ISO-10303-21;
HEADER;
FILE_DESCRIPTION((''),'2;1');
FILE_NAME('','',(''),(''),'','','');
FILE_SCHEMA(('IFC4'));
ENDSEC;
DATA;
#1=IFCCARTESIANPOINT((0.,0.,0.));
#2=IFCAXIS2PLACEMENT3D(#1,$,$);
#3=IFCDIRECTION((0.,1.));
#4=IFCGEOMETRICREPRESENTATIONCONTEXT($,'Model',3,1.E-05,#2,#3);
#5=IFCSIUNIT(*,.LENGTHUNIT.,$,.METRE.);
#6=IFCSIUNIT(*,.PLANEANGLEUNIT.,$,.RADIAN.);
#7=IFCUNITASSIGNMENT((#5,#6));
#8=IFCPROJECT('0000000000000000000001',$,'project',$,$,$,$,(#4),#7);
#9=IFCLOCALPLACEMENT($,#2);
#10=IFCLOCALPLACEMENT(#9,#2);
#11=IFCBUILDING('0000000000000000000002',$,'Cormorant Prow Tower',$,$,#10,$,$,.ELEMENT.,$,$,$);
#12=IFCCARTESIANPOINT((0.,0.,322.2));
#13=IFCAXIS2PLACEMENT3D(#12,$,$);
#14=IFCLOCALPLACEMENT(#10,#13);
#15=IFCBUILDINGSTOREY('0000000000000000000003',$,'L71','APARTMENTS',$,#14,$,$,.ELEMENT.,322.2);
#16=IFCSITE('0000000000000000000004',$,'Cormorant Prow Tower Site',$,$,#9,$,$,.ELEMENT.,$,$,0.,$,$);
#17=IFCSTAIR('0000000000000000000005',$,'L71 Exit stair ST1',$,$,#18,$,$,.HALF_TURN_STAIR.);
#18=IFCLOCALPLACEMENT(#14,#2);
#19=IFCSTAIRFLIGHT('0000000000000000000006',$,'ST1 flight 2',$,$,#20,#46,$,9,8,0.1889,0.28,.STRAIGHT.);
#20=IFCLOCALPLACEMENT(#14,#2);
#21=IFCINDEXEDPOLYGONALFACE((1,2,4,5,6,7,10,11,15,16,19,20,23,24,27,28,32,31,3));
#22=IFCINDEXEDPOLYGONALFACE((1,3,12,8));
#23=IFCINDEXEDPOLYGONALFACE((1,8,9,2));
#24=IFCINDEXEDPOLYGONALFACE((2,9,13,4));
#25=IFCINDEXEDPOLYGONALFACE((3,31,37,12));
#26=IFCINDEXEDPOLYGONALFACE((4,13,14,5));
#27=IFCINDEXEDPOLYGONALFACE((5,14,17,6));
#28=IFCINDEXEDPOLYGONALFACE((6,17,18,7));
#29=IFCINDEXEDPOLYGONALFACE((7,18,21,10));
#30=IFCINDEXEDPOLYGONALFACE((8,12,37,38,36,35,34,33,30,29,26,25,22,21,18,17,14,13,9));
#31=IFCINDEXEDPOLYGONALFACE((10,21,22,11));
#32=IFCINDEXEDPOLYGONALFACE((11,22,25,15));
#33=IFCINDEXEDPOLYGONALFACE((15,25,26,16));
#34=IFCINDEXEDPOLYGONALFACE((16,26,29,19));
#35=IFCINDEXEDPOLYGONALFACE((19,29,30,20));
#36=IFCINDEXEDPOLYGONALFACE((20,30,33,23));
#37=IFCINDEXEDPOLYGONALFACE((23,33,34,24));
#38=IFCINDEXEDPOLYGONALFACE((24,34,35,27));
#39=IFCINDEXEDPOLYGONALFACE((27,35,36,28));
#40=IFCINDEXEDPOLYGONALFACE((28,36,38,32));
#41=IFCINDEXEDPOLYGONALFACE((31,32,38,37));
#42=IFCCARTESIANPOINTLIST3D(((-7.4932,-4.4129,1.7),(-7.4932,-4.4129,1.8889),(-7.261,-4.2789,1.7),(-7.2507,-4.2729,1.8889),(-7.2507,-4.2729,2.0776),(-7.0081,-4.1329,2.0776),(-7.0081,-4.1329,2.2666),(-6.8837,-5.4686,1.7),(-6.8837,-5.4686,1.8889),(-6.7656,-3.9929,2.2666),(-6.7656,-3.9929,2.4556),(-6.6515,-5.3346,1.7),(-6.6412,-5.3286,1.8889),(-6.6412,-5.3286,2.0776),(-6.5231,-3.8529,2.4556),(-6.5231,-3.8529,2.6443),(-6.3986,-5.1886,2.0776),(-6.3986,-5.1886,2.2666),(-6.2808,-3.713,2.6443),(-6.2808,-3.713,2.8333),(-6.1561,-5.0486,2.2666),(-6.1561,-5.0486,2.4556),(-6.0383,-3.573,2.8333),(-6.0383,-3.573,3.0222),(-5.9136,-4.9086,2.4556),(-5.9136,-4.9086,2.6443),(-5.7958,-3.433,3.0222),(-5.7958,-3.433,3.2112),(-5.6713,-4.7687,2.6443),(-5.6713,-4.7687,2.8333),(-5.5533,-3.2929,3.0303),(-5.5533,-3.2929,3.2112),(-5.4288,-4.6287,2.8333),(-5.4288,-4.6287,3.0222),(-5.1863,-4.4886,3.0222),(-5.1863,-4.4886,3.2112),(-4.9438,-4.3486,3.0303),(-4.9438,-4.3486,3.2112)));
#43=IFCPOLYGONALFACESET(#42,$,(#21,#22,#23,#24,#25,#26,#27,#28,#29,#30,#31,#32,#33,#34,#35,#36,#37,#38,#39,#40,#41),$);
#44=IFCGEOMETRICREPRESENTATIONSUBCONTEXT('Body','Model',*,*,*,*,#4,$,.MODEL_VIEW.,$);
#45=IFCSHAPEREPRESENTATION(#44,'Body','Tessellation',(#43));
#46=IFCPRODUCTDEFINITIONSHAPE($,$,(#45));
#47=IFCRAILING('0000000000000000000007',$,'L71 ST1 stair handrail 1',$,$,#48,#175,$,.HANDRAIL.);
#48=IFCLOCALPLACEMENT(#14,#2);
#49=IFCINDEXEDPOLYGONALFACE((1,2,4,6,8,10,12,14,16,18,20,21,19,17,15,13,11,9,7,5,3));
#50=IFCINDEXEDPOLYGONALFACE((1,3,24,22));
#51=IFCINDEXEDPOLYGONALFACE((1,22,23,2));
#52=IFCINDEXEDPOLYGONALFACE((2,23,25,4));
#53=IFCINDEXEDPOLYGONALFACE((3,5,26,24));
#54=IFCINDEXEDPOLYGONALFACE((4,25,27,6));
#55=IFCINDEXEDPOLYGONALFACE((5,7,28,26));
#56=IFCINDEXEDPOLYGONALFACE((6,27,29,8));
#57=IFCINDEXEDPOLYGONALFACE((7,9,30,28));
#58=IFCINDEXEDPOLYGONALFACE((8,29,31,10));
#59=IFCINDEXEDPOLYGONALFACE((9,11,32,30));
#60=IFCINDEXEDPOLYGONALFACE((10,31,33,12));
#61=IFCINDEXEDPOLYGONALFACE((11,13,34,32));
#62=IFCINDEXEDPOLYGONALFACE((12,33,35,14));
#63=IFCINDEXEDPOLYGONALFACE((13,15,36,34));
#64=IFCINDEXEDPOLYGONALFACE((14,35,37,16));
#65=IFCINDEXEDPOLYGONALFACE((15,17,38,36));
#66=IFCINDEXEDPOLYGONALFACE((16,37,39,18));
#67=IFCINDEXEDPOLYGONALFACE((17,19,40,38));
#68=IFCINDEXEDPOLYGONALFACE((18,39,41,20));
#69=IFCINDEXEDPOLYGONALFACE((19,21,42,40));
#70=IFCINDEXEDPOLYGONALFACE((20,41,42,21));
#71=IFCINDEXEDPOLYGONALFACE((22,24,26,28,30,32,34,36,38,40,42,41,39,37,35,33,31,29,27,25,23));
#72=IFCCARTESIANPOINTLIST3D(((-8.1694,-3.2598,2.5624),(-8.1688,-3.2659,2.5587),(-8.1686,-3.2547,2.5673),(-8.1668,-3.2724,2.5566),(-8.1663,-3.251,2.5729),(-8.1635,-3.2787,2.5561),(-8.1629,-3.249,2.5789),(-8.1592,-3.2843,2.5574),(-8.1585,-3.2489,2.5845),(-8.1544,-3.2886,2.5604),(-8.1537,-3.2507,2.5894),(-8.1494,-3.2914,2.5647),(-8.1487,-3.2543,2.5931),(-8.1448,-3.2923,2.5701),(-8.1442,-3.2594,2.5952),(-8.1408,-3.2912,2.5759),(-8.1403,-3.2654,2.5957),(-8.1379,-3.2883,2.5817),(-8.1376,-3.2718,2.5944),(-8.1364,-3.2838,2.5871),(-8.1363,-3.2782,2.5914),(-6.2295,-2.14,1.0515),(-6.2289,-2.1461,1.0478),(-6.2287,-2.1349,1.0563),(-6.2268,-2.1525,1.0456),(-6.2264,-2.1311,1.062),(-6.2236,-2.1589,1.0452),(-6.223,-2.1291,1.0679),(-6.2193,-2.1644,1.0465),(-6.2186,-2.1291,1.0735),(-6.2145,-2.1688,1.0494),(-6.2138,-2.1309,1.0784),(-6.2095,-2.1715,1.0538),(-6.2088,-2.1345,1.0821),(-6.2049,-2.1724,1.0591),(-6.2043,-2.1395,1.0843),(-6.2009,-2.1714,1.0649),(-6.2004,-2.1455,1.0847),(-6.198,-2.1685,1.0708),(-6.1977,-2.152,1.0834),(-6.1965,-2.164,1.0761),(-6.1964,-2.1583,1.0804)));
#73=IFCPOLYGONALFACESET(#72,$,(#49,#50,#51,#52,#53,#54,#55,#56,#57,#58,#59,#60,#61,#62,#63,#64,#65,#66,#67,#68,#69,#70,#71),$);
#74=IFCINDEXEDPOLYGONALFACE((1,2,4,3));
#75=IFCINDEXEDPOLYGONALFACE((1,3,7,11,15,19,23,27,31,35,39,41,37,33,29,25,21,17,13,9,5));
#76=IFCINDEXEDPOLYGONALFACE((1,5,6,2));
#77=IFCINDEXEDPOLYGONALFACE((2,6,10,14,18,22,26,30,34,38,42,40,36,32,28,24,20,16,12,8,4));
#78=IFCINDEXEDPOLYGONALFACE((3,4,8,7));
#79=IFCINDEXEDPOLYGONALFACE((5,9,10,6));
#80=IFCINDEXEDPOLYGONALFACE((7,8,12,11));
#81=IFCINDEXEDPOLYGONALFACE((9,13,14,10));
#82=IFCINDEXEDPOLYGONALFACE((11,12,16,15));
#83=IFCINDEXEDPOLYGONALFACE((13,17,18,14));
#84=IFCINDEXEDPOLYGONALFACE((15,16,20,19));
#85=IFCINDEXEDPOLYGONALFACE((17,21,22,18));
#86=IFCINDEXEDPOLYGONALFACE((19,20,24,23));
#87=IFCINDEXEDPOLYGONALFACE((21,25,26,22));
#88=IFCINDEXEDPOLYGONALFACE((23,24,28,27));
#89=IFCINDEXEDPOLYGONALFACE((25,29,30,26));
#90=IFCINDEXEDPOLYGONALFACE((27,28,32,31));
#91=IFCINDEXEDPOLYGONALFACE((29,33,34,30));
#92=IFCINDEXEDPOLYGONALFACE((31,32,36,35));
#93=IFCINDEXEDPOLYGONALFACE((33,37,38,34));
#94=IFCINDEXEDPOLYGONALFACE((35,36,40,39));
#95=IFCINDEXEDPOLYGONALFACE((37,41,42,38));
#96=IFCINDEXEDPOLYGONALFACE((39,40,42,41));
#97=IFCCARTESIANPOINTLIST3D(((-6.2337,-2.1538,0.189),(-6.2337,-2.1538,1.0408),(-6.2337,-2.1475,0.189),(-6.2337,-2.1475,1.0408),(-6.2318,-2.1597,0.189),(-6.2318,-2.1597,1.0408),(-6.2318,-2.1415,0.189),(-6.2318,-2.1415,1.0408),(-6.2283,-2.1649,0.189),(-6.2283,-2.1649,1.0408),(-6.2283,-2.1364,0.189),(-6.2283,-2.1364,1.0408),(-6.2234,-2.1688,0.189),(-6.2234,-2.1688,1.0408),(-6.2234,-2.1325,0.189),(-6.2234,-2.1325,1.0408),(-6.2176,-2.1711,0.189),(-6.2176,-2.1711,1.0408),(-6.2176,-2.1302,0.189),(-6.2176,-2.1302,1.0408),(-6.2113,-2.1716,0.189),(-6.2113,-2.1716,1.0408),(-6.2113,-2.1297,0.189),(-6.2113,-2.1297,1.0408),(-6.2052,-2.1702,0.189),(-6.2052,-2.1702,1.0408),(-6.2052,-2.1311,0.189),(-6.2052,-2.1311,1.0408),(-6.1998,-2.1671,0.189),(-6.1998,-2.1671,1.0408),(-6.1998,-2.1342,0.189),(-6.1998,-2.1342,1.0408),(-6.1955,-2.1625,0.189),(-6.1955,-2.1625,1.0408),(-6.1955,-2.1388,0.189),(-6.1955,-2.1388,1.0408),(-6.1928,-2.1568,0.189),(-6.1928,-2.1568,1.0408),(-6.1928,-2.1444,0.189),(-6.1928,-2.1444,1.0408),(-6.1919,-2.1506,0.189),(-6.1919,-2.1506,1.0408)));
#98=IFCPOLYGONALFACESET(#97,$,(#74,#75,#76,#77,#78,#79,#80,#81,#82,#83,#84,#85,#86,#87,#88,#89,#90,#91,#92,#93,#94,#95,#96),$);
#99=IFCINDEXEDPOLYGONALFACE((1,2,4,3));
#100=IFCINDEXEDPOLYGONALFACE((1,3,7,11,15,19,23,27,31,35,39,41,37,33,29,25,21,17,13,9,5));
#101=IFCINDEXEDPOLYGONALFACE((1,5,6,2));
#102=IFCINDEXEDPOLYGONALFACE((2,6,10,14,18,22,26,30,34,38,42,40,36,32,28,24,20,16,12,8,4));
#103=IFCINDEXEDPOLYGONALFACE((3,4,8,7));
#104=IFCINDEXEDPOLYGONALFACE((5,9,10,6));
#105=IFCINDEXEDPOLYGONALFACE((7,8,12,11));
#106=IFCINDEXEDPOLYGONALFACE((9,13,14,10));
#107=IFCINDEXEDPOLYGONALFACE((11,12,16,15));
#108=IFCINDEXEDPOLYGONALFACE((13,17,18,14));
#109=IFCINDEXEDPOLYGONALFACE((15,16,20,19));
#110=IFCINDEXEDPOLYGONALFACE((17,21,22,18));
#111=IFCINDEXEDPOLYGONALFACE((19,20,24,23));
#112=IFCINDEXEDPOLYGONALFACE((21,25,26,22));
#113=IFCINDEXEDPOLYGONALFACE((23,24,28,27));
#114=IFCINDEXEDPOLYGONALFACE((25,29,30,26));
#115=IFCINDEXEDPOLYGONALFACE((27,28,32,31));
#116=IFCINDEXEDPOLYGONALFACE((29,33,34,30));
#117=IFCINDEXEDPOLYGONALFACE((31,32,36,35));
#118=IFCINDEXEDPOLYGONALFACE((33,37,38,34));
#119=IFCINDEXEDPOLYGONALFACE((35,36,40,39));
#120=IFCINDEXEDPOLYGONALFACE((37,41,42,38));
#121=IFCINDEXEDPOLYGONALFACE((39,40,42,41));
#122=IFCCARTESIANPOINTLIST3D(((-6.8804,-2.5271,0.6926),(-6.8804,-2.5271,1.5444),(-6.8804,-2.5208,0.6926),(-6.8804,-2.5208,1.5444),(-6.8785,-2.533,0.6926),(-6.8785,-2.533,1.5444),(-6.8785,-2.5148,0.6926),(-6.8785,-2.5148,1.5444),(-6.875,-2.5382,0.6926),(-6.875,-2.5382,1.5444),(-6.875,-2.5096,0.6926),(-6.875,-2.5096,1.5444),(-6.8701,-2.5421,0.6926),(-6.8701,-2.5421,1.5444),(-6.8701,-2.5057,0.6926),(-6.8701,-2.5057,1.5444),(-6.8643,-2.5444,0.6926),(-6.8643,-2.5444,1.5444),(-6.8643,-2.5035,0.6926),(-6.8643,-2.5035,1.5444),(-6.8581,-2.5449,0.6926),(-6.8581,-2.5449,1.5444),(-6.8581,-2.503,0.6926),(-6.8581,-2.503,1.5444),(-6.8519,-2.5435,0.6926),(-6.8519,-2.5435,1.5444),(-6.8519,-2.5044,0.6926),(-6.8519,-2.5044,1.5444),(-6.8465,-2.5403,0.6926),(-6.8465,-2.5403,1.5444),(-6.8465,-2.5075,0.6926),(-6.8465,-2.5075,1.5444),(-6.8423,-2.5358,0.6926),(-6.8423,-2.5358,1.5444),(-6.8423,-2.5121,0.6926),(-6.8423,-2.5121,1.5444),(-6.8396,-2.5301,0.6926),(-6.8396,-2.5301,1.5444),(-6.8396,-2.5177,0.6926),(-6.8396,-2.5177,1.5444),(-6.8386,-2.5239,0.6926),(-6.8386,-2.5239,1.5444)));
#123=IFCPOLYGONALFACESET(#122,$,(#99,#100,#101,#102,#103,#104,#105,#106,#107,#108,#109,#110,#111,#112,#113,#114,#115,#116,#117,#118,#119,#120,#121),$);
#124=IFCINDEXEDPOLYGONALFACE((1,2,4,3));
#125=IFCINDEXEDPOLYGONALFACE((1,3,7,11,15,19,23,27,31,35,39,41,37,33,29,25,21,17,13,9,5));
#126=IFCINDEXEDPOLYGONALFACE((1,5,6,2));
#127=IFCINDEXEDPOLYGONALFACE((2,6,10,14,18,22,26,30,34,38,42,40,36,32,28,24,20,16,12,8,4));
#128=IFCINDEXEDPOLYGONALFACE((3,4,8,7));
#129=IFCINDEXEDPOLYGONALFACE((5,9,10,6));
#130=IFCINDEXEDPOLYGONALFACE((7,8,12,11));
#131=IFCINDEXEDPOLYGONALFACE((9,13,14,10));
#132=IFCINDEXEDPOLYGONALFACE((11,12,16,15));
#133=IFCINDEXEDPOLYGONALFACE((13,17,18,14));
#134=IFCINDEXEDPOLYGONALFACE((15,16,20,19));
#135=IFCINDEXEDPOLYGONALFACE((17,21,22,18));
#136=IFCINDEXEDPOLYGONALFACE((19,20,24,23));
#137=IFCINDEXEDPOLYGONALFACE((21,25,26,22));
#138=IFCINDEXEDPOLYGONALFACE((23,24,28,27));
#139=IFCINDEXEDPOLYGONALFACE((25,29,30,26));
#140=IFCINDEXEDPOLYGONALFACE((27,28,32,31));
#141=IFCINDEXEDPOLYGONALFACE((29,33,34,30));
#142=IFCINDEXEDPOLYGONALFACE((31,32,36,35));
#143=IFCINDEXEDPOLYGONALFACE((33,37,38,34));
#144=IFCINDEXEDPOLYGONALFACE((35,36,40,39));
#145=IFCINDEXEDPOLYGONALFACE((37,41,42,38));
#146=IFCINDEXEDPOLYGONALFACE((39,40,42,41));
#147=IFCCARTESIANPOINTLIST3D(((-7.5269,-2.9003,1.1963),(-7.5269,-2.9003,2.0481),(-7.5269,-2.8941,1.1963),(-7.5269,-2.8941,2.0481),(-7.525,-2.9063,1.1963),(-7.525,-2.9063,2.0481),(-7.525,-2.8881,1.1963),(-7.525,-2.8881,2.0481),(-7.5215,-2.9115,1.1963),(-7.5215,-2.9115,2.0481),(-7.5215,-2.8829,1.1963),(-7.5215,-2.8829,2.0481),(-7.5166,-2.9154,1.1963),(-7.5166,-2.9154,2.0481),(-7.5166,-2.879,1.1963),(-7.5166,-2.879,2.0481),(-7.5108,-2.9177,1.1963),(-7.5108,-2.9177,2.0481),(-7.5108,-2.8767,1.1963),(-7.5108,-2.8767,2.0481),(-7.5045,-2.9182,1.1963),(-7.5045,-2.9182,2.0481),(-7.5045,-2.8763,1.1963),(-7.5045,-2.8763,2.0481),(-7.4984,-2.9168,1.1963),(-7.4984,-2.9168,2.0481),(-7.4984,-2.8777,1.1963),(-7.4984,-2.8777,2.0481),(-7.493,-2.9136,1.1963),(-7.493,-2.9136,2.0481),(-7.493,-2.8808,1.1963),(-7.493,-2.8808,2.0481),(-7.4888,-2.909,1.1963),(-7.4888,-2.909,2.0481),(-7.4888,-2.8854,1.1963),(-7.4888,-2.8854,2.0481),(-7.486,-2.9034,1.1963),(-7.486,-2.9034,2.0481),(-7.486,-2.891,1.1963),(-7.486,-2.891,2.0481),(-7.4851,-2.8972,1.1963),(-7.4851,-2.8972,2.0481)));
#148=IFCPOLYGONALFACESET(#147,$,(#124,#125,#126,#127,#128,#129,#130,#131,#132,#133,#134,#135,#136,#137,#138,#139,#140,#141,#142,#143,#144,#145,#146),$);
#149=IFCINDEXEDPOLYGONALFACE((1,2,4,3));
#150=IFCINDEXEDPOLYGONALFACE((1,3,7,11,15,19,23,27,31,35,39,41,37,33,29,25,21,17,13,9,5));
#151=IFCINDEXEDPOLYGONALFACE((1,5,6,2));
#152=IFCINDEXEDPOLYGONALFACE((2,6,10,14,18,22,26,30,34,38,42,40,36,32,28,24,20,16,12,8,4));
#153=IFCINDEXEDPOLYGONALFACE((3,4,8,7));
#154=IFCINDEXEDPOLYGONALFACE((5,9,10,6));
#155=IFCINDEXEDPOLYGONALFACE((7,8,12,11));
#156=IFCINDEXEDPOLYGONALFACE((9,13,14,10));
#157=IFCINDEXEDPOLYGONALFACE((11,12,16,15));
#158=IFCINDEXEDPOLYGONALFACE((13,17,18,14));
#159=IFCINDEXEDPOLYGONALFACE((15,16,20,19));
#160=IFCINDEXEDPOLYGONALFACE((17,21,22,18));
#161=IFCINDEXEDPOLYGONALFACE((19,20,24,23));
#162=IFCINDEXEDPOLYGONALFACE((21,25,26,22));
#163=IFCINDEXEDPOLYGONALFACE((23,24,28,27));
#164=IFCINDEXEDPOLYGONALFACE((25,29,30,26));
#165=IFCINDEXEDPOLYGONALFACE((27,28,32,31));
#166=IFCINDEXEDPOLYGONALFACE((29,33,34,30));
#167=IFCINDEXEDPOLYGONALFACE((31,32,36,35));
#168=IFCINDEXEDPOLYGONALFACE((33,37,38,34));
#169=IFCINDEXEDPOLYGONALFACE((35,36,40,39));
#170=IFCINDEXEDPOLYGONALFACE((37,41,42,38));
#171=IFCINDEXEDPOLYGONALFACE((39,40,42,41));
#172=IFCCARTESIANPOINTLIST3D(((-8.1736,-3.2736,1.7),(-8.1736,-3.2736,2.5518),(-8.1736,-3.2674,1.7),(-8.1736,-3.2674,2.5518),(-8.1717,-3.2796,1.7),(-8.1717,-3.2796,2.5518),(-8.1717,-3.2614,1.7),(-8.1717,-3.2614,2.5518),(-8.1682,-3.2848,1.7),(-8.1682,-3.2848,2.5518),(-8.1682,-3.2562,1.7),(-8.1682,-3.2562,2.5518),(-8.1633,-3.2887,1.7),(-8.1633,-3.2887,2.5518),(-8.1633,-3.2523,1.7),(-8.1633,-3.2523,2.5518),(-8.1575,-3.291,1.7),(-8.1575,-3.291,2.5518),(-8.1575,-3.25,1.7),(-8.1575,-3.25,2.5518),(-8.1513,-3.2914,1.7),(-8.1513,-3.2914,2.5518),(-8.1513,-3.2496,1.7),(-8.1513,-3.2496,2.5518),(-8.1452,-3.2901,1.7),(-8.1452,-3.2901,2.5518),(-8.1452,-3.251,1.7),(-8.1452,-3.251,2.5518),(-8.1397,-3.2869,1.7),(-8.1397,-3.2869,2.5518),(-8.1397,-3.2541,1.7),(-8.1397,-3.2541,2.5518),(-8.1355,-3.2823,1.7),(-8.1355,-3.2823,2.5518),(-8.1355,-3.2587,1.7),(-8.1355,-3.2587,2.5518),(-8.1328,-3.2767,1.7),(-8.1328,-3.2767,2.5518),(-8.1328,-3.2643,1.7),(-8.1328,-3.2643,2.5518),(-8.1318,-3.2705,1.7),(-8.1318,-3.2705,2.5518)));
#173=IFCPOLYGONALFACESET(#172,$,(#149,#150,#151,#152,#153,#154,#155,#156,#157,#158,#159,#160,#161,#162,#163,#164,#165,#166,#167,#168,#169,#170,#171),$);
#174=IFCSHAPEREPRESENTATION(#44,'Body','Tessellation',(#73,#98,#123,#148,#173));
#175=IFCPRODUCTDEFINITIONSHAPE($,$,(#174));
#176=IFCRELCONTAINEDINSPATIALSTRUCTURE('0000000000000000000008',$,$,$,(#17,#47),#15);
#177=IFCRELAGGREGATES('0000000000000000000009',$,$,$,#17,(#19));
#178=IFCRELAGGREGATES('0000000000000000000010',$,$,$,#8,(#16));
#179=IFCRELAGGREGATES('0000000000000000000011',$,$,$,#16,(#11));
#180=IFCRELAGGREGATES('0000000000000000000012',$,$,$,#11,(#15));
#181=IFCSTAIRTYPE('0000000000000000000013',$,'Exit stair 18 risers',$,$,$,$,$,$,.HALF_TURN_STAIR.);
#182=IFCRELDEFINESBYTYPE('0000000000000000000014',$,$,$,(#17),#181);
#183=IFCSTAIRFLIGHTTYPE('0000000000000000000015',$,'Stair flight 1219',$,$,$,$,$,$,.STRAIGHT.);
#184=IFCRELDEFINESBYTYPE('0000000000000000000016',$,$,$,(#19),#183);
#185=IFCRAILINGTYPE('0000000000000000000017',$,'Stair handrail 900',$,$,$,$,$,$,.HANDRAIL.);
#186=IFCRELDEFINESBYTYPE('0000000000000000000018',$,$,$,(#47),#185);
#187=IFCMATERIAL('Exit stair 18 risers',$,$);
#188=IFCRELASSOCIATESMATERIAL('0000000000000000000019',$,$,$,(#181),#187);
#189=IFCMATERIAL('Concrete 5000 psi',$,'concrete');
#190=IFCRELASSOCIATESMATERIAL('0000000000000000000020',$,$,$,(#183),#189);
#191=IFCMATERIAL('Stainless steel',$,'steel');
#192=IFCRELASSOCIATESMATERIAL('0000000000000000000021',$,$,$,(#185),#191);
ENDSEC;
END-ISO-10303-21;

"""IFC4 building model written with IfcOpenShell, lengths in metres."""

from ifc_helpers import new_model, si_unit, direction, frame, origin, origin_2d, place, context, subcontext, project, spatial, polyline, circle, outline, extrude, material, type_object, element, aggregate, save


model = new_model("IFC4")

# Units and contexts
model_context = context("Model", 3, precision=1e-05, world=origin(), true_north=direction((0.0, 1.0)))
body_context = subcontext(model_context, "Body", "Model", "MODEL_VIEW")
ifc_project = project(units=[si_unit("LENGTHUNIT", "METRE"), si_unit("PLANEANGLEUNIT", "RADIAN")], contexts=[model_context])

# Site, building, storey
site_placement = place(None, origin())
site = spatial("IfcSite", under=ifc_project, at=site_placement, Name="Cormorant Prow Tower Site", CompositionType="ELEMENT", RefElevation=0.0)
building_placement = place(site_placement, origin())
building = spatial("IfcBuilding", under=site, at=building_placement, Name="Cormorant Prow Tower", CompositionType="ELEMENT")
storey_placement = place(building_placement, frame((0.0, 0.0, 322.2)))
storey = spatial("IfcBuildingStorey", under=building, at=storey_placement, Name="L71", Description="APARTMENTS", CompositionType="ELEMENT", Elevation=322.2)

# Stair, stair flight
ifc_material_1 = material(Name="Exit stair 18 risers")
stair_type = type_object("IfcStairType", Name="Exit stair 18 risers", PredefinedType="HALF_TURN_STAIR", material=ifc_material_1)
stair_placement = place(storey_placement, origin())
stair = element("IfcStair", 1, at=stair_placement, inside=storey, type_object=stair_type, Name="L71 Exit stair ST1", PredefinedType="HALF_TURN_STAIR")
ifc_material_2 = material(Name="Concrete 5000 psi", Category="concrete")
stair_flight_type = type_object("IfcStairFlightType", Name="Stair flight 1219", PredefinedType="STRAIGHT", material=ifc_material_2)
stair_flight_1_placement = place(storey_placement, frame((-7.1885, -4.9407, 1.7), z_axis=(0.0, 0.0, 1.0), x_axis=(0.866025, 0.5, 0.0)))
stair_flight_1 = element("IfcStairFlight", 2, at=stair_flight_1_placement, type_object=stair_flight_type, Name="ST1 flight 2", NumberOfRisers=9, NumberOfTreads=8, PredefinedType="STRAIGHT", RiserHeight=0.1889, TreadLength=0.28, context=body_context, shape_type="SweptSolid", body=[
    extrude(outline(polyline([(0.0, 0.0), (0.0, 0.189), (0.28, 0.189), (0.28, 0.3777), (0.5601, 0.3777), (0.5601, 0.5667), (0.8401, 0.5667), (0.8401, 0.7556), (1.1201, 0.7556), (1.1201, 0.9443), (1.3999, 0.9443), (1.3999, 1.1333), (1.6799, 1.1333), (1.6799, 1.3223), (1.96, 1.3223), (1.96, 1.5112), (2.24, 1.5112), (2.24, 1.7), (2.24, 1.3303), (0.2681, 0.0), (0.0, 0.0)])), frame((0.0, 0.6094, 0.0), z_axis=(0.0, -1.0, 0.0), x_axis=(1.0, 0.0, 0.0)), (0.0, 0.0, 1.0), 1.219),
])
aggregate(stair, [stair_flight_1])

# Railing
ifc_material_3 = material(Name="Stainless steel", Category="steel")
railing_type_1 = type_object("IfcRailingType", Name="Stair handrail 900", PredefinedType="HANDRAIL", material=ifc_material_3)
railing_1_placement = place(storey_placement, frame((-6.2129, -2.1506, 0.189)))
element("IfcRailing", 3, at=railing_1_placement, inside=storey, type_object=railing_type_1, Name="L71 ST1 stair handrail 1", PredefinedType="HANDRAIL", context=body_context, shape_type="SweptSolid", body=[
    extrude(circle(Radius=0.0239, at=origin_2d()), frame((0.0, 0.0, 0.876), z_axis=(-0.717977, -0.414467, 0.559219), x_axis=(0.499949, -0.866055, 0.0)), (0.0, 0.0, 1.0), 2.7019),
    extrude(circle(Radius=0.021, at=origin_2d()), origin(), (0.0, 0.0, 1.0), 0.8518),
    extrude(circle(Radius=0.021, at=origin_2d()), frame((-0.6467, -0.3733, 0.5037)), (0.0, 0.0, 1.0), 0.8518),
    extrude(circle(Radius=0.021, at=origin_2d()), frame((-1.2932, -0.7466, 1.0073)), (0.0, 0.0, 1.0), 0.8518),
    extrude(circle(Radius=0.021, at=origin_2d()), frame((-1.9399, -1.1199, 1.511)), (0.0, 0.0, 1.0), 0.8518),
])

save(model, "model.ifc")
